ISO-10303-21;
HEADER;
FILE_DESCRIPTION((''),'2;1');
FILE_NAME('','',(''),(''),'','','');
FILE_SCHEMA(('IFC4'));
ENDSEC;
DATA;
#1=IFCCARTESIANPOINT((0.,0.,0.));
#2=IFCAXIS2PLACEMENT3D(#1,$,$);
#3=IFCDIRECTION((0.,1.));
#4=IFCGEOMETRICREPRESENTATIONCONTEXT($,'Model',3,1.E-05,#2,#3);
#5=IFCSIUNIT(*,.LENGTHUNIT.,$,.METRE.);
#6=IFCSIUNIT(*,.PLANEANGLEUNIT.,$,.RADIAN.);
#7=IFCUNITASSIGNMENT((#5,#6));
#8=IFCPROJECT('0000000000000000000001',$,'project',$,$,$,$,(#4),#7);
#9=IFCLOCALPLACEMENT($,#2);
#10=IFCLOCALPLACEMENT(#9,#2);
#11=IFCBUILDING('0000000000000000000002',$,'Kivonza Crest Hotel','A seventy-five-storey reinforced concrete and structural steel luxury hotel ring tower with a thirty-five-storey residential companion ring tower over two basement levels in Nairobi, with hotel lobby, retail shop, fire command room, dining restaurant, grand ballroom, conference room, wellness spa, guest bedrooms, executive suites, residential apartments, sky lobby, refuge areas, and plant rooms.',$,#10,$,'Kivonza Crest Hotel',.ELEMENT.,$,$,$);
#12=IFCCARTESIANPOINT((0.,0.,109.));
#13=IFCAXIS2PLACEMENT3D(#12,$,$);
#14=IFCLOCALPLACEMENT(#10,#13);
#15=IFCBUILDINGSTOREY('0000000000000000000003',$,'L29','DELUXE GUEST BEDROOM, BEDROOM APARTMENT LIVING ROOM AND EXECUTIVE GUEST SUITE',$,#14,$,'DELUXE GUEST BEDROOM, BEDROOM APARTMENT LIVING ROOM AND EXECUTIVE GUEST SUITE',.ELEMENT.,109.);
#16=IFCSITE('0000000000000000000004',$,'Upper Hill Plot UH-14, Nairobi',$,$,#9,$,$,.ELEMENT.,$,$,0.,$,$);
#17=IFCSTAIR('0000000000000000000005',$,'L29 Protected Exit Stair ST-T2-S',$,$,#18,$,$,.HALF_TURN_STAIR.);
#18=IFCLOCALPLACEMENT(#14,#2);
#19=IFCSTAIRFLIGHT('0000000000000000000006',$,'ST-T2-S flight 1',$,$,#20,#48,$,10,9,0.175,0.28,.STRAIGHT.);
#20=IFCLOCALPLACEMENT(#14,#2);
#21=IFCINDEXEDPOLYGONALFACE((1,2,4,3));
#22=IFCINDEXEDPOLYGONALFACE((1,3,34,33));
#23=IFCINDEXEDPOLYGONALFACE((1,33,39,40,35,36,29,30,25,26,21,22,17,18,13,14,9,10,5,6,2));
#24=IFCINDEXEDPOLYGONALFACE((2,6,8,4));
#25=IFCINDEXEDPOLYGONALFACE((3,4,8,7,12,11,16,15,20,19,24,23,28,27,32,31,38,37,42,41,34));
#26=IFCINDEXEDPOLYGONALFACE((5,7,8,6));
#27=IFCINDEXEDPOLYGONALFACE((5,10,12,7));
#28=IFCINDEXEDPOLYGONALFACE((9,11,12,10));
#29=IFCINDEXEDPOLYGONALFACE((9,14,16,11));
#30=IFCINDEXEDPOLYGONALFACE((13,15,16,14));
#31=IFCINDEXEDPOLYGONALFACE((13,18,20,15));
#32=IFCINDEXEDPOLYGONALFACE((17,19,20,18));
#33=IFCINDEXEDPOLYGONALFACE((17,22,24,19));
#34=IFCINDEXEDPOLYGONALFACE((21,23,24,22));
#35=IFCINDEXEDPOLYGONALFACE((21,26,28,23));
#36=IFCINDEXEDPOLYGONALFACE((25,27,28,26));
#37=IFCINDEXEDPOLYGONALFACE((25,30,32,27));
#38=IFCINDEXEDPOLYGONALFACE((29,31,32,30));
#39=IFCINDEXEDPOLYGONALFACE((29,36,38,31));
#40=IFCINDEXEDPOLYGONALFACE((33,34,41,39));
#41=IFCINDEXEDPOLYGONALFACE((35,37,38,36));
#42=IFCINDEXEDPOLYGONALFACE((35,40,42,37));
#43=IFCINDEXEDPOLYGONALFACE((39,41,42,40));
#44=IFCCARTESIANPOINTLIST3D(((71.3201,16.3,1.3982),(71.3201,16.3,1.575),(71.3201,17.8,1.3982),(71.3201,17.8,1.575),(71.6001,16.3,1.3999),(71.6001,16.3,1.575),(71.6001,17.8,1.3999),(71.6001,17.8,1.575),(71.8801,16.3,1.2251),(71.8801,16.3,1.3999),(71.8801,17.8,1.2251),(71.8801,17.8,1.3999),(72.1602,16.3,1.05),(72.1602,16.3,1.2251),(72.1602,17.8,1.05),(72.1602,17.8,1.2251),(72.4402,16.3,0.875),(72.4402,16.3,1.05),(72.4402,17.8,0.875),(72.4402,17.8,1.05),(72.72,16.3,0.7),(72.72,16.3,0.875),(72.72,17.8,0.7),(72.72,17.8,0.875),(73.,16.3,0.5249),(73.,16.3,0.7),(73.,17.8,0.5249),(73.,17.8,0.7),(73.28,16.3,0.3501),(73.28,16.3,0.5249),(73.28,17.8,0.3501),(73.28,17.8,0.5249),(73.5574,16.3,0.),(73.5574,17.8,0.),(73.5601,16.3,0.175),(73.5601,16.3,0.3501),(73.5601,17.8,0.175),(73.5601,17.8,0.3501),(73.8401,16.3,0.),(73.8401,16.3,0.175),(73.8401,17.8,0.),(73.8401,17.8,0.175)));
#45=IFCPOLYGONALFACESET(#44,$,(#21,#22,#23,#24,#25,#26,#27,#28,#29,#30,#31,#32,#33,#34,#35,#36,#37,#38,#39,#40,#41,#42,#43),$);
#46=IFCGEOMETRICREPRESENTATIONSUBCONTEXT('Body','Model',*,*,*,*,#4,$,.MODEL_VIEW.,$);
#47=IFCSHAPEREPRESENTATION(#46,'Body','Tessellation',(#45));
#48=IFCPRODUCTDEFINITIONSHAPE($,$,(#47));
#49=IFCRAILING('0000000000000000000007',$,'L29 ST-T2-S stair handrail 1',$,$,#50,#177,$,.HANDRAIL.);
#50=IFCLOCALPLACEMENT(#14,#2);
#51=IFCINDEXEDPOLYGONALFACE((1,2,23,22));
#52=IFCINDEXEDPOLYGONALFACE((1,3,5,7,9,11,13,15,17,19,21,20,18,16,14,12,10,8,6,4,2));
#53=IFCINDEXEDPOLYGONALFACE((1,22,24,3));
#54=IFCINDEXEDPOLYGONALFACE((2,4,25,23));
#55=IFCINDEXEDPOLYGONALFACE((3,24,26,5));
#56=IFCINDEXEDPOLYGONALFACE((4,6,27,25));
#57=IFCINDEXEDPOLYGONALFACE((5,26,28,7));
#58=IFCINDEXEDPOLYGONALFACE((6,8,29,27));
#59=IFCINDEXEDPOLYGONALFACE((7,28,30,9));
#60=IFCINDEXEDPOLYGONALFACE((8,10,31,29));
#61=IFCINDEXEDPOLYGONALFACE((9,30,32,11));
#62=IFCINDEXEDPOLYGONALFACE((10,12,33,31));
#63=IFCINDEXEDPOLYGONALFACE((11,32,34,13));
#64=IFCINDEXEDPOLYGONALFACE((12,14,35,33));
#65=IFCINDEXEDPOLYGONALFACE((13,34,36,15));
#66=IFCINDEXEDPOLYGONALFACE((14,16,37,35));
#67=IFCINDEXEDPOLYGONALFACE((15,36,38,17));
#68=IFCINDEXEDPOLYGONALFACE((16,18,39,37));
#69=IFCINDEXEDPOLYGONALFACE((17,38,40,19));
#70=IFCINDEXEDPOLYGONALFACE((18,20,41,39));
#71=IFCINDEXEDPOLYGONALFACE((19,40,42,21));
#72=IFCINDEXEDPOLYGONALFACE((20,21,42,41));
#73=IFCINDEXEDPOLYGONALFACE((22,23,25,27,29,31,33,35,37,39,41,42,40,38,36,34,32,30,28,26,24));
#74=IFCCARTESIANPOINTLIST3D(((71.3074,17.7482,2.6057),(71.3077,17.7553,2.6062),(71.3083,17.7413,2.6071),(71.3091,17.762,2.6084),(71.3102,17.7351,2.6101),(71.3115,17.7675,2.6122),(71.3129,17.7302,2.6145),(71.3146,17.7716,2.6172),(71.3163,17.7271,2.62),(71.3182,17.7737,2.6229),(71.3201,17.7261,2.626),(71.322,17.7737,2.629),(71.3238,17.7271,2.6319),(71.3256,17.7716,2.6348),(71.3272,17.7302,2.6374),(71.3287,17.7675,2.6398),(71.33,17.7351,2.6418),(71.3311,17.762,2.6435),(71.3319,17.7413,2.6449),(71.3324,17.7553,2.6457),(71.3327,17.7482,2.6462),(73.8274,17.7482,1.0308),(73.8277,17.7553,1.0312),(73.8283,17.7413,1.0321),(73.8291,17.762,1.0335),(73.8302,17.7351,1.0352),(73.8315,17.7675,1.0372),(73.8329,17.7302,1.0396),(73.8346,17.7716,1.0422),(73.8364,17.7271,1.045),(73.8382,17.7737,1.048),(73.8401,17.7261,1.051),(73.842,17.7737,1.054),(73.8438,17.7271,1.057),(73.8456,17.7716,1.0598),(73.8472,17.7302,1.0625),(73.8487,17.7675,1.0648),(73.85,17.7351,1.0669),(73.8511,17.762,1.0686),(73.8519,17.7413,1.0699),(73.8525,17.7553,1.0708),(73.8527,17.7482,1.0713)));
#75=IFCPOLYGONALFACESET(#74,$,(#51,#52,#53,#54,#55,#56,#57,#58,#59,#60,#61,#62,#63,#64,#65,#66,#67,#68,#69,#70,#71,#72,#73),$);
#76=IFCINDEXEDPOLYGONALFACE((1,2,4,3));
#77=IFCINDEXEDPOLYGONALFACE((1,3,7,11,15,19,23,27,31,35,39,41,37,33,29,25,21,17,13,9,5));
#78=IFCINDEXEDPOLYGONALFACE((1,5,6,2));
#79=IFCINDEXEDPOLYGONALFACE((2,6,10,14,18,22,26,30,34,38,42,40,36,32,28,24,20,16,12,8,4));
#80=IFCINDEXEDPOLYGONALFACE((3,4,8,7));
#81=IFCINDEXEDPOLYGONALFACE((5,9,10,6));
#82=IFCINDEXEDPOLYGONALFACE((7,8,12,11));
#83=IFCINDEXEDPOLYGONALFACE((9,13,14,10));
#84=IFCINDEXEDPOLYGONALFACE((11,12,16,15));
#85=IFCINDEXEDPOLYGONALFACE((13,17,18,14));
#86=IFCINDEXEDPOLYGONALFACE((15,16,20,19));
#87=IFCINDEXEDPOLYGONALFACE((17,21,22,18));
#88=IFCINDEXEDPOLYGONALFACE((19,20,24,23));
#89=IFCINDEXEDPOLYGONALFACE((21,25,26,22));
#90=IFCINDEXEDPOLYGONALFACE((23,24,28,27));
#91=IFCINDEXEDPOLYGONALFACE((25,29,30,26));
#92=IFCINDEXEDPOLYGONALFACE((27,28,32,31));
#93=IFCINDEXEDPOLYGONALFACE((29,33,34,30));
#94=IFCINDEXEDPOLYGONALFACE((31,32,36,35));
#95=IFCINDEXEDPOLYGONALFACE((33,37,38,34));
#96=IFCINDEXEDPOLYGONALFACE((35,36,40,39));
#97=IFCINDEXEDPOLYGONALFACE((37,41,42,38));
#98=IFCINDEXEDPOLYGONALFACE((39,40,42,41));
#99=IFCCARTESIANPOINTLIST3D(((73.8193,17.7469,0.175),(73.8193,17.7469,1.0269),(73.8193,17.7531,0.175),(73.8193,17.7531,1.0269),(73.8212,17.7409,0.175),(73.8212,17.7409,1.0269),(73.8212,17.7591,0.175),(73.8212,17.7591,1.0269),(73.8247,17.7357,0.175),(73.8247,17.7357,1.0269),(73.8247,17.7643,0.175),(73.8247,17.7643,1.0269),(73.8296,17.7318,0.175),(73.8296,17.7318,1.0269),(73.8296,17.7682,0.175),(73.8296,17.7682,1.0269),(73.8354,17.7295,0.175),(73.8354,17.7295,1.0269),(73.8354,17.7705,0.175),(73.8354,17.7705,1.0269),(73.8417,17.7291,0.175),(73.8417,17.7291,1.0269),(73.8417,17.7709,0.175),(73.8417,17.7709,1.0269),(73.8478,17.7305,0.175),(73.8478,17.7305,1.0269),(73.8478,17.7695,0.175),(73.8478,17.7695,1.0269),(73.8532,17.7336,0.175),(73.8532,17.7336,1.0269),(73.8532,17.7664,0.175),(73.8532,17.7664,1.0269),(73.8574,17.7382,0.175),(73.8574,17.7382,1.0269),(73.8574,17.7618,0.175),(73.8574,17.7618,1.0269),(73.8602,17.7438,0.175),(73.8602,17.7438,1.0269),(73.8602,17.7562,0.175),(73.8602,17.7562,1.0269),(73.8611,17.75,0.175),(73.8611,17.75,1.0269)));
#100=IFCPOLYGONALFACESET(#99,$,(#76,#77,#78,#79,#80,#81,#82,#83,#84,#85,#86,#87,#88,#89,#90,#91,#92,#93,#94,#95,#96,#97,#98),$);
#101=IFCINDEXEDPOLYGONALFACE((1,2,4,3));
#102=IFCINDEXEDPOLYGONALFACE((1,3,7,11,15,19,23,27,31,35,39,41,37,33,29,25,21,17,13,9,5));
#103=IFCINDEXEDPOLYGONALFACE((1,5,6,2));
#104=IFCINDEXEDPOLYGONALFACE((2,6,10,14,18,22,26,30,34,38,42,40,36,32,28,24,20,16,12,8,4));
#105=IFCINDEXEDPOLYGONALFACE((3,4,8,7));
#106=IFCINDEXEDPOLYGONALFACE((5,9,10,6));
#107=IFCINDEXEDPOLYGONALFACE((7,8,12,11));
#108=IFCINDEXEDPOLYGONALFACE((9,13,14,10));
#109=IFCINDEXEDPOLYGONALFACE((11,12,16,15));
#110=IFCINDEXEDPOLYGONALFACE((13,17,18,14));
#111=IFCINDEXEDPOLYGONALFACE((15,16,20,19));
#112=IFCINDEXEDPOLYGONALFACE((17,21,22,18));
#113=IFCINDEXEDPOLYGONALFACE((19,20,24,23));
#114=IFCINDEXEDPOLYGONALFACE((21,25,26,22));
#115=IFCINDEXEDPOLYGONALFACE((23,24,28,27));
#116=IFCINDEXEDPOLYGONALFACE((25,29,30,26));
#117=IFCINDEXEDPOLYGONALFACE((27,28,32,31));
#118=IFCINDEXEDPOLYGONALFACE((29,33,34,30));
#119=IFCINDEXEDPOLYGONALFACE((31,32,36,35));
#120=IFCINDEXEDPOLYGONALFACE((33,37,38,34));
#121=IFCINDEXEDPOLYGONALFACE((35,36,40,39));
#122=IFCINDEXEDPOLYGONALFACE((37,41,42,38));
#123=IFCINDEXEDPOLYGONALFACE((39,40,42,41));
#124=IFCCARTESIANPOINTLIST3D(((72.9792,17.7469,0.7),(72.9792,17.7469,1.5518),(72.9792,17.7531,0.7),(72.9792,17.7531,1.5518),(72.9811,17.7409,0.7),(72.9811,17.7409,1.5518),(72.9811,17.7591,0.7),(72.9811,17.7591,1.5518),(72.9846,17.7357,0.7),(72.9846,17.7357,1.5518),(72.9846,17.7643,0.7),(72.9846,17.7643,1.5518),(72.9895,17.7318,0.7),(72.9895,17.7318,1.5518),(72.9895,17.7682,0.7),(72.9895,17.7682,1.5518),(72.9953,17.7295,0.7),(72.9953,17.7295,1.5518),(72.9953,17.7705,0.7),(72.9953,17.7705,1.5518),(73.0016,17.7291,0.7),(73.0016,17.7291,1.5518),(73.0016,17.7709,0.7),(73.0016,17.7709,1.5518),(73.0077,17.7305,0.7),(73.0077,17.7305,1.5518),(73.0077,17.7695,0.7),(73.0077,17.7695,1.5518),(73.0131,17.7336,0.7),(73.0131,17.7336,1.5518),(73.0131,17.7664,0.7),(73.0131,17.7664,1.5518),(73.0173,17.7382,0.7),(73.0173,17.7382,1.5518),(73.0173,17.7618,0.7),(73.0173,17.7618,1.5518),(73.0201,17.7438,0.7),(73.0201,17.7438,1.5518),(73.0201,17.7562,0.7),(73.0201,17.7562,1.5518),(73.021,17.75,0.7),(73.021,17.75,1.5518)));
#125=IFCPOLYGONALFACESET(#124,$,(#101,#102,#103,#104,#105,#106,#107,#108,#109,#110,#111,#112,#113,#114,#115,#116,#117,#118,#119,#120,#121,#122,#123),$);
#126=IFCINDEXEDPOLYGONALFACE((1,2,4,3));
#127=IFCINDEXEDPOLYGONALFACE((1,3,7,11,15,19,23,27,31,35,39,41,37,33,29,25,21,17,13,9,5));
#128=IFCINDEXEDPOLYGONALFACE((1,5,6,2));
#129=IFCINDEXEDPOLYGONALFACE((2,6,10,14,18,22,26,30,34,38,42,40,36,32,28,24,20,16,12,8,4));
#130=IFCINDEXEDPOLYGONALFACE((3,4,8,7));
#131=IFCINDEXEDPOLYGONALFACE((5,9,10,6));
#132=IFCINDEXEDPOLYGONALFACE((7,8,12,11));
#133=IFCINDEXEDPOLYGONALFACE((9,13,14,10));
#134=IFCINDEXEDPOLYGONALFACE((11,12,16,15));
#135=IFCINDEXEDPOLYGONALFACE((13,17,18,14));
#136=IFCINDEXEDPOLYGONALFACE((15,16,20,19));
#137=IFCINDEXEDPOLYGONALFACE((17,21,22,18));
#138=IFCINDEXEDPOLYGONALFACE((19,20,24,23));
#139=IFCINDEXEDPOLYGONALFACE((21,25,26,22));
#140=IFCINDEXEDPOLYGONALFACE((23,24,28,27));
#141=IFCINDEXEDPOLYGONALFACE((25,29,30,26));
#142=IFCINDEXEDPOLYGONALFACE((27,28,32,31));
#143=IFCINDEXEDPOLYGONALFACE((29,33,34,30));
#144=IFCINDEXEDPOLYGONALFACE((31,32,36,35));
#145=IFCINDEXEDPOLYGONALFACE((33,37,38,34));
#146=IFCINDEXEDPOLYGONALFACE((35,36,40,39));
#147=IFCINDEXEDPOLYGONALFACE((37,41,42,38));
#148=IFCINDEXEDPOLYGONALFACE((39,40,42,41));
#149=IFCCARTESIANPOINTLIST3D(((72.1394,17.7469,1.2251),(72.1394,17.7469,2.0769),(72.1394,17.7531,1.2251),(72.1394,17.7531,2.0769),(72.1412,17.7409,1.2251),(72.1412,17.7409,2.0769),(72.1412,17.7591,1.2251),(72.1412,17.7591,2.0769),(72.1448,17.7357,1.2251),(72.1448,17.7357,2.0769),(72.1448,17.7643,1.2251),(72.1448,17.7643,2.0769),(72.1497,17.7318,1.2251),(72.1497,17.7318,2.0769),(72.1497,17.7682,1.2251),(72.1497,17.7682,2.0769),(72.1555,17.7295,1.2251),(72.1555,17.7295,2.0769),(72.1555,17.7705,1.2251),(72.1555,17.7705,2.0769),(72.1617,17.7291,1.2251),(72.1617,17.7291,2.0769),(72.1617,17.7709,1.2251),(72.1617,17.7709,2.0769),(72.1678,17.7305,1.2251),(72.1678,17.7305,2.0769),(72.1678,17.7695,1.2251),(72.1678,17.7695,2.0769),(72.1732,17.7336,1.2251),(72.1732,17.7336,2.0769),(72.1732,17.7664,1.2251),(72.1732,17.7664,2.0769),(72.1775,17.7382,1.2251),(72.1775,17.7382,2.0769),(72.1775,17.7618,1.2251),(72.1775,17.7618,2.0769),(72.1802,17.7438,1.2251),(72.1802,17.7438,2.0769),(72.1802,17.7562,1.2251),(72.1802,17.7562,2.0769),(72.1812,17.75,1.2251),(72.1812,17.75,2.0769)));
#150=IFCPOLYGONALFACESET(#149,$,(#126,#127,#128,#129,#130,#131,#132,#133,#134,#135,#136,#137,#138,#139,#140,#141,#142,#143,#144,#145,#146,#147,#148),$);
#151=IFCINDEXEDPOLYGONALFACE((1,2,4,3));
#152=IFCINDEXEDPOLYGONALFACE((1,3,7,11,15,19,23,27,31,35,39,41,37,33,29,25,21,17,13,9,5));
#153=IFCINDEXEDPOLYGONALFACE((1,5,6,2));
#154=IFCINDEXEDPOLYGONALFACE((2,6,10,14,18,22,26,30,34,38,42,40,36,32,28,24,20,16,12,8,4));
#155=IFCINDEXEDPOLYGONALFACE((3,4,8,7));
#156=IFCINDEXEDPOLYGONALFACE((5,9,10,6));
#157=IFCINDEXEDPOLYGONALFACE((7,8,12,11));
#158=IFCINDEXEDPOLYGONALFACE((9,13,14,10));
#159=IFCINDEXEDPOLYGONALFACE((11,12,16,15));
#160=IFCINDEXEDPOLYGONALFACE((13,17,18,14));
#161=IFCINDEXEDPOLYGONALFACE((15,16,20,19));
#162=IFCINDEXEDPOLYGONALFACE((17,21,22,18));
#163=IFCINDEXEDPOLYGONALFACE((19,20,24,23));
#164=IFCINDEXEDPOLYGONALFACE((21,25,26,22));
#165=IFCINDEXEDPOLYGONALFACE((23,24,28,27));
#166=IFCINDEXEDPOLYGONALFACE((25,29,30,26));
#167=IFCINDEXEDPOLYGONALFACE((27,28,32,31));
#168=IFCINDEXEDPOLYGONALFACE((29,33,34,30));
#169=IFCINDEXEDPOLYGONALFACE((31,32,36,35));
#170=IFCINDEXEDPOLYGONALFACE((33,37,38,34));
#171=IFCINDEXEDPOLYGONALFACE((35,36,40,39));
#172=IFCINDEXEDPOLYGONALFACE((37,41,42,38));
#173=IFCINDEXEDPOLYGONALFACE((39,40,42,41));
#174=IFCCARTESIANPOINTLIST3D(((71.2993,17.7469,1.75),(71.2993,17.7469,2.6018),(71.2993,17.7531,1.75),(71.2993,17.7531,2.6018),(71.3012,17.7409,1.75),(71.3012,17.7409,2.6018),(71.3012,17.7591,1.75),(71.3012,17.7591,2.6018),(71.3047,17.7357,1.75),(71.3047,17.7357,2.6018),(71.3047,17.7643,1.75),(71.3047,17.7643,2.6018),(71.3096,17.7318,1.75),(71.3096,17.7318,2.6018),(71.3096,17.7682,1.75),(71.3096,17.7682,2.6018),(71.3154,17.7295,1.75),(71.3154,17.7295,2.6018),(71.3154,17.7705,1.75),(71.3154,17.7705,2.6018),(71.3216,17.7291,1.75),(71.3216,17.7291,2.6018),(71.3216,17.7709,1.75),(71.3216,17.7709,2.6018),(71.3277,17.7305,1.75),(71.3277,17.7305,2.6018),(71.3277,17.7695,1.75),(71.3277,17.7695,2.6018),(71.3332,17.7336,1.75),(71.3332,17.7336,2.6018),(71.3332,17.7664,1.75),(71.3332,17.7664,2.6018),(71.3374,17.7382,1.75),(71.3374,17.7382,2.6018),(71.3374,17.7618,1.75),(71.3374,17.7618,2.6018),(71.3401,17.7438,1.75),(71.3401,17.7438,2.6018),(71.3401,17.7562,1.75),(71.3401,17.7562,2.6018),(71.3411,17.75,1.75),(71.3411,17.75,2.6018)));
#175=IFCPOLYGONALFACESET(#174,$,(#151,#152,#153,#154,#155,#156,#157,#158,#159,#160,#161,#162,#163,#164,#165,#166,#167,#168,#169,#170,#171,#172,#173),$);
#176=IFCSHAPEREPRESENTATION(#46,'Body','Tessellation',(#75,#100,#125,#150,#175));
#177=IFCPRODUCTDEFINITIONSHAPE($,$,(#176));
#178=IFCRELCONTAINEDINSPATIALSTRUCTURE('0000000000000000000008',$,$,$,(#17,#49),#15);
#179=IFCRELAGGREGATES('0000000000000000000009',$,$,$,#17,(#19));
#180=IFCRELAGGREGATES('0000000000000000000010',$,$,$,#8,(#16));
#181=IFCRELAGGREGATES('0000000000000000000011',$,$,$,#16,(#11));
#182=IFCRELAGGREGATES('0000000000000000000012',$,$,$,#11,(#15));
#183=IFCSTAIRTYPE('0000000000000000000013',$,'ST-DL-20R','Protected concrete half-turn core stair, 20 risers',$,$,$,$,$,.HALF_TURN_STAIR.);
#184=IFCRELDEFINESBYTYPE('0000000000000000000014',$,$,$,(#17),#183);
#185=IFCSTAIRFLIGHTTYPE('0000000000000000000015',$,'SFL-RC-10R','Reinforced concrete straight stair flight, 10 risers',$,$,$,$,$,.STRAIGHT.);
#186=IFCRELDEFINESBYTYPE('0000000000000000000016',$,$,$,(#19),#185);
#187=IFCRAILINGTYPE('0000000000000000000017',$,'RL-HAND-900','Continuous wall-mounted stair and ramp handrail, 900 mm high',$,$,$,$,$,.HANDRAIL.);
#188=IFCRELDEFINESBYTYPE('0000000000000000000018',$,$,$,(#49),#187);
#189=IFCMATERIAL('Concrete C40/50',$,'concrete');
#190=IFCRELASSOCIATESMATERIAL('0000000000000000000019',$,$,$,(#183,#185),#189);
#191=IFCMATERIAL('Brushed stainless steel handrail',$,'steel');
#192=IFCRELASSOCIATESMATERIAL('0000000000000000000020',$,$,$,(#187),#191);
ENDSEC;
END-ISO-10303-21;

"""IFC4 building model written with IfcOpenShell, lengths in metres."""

from ifc_helpers import new_model, si_unit, direction, frame, origin, origin_2d, place, context, subcontext, project, spatial, polyline, circle, outline, extrude, material, type_object, element, aggregate, save


model = new_model("IFC4")

# Units and contexts
model_context = context("Model", 3, precision=1e-05, world=origin(), true_north=direction((0.0, 1.0)))
body_context = subcontext(model_context, "Body", "Model", "MODEL_VIEW")
ifc_project = project(units=[si_unit("LENGTHUNIT", "METRE"), si_unit("PLANEANGLEUNIT", "RADIAN")], contexts=[model_context])

# Site, building, storey
site_placement = place(None, origin())
site = spatial("IfcSite", under=ifc_project, at=site_placement, Name="Upper Hill Plot UH-14, Nairobi", CompositionType="ELEMENT", RefElevation=0.0)
building_placement = place(site_placement, origin())
building = spatial("IfcBuilding", under=site, at=building_placement, Name="Kivonza Crest Hotel", Description="A seventy-five-storey reinforced concrete and structural steel luxury hotel ring tower with a thirty-five-storey residential companion ring tower over two basement levels in Nairobi, with hotel lobby, retail shop, fire command room, dining restaurant, grand ballroom, conference room, wellness spa, guest bedrooms, executive suites, residential apartments, sky lobby, refuge areas, and plant rooms.", LongName="Kivonza Crest Hotel", CompositionType="ELEMENT")
storey_placement = place(building_placement, frame((0.0, 0.0, 109.0)))
storey = spatial("IfcBuildingStorey", under=building, at=storey_placement, Name="L29", Description="DELUXE GUEST BEDROOM, BEDROOM APARTMENT LIVING ROOM AND EXECUTIVE GUEST SUITE", LongName="DELUXE GUEST BEDROOM, BEDROOM APARTMENT LIVING ROOM AND EXECUTIVE GUEST SUITE", CompositionType="ELEMENT", Elevation=109.0)

# Stair, stair flight
ifc_material_1 = material(Name="Concrete C40/50", Category="concrete")
stair_type = type_object("IfcStairType", Name="ST-DL-20R", Description="Protected concrete half-turn core stair, 20 risers", PredefinedType="HALF_TURN_STAIR", material=ifc_material_1)
stair_placement = place(storey_placement, origin())
stair = element("IfcStair", 1, at=stair_placement, inside=storey, type_object=stair_type, Name="L29 Protected Exit Stair ST-T2-S", PredefinedType="HALF_TURN_STAIR")
stair_flight_type = type_object("IfcStairFlightType", Name="SFL-RC-10R", Description="Reinforced concrete straight stair flight, 10 risers", PredefinedType="STRAIGHT", material=ifc_material_1)
stair_flight_placement = place(storey_placement, frame((73.8401, 17.05, 0.0), z_axis=(0.0, 0.0, 1.0), x_axis=(-1.0, 0.0, 0.0)))
stair_flight = element("IfcStairFlight", 2, at=stair_flight_placement, type_object=stair_flight_type, Name="ST-T2-S flight 1", NumberOfRisers=10, NumberOfTreads=9, PredefinedType="STRAIGHT", RiserHeight=0.175, TreadLength=0.28, context=body_context, shape_type="SweptSolid", body=[
    extrude(outline(polyline([(0.0, 0.0), (0.0, 0.175), (0.28, 0.175), (0.28, 0.3501), (0.5601, 0.3501), (0.5601, 0.5249), (0.8401, 0.5249), (0.8401, 0.7), (1.1201, 0.7), (1.1201, 0.875), (1.3999, 0.875), (1.3999, 1.05), (1.6799, 1.05), (1.6799, 1.2251), (1.96, 1.2251), (1.96, 1.3999), (2.24, 1.3999), (2.24, 1.575), (2.52, 1.575), (2.52, 1.75), (2.52, 1.3982), (0.2827, 0.0), (0.0, 0.0)])), frame((0.0, 0.75, 0.0), z_axis=(0.0, -1.0, 0.0), x_axis=(1.0, 0.0, 0.0)), (0.0, 0.0, 1.0), 1.5),
])
aggregate(stair, [stair_flight])

# Railing
ifc_material_2 = material(Name="Brushed stainless steel handrail", Category="steel")
railing_type_1 = type_object("IfcRailingType", Name="RL-HAND-900", Description="Continuous wall-mounted stair and ramp handrail, 900 mm high", PredefinedType="HANDRAIL", material=ifc_material_2)
railing_1_placement = place(storey_placement, frame((73.8401, 17.75, 0.175)))
element("IfcRailing", 3, at=railing_1_placement, inside=storey, type_object=railing_type_1, Name="L29 ST-T2-S stair handrail 1", PredefinedType="HANDRAIL", context=body_context, shape_type="SweptSolid", body=[
    extrude(circle(Radius=0.0239, at=origin_2d()), frame((0.0, 0.0, 0.876), z_axis=(-0.848008, 0.0, 0.529984), x_axis=(0.0, -1.0, 0.0)), (0.0, 0.0, 1.0), 2.9717),
    extrude(circle(Radius=0.021, at=origin_2d()), origin(), (0.0, 0.0, 1.0), 0.8518),
    extrude(circle(Radius=0.021, at=origin_2d()), frame((-0.8401, 0.0, 0.5249)), (0.0, 0.0, 1.0), 0.8518),
    extrude(circle(Radius=0.021, at=origin_2d()), frame((-1.6799, 0.0, 1.05)), (0.0, 0.0, 1.0), 0.8518),
    extrude(circle(Radius=0.021, at=origin_2d()), frame((-2.52, 0.0, 1.575)), (0.0, 0.0, 1.0), 0.8518),
])

save(model, "model.ifc")
